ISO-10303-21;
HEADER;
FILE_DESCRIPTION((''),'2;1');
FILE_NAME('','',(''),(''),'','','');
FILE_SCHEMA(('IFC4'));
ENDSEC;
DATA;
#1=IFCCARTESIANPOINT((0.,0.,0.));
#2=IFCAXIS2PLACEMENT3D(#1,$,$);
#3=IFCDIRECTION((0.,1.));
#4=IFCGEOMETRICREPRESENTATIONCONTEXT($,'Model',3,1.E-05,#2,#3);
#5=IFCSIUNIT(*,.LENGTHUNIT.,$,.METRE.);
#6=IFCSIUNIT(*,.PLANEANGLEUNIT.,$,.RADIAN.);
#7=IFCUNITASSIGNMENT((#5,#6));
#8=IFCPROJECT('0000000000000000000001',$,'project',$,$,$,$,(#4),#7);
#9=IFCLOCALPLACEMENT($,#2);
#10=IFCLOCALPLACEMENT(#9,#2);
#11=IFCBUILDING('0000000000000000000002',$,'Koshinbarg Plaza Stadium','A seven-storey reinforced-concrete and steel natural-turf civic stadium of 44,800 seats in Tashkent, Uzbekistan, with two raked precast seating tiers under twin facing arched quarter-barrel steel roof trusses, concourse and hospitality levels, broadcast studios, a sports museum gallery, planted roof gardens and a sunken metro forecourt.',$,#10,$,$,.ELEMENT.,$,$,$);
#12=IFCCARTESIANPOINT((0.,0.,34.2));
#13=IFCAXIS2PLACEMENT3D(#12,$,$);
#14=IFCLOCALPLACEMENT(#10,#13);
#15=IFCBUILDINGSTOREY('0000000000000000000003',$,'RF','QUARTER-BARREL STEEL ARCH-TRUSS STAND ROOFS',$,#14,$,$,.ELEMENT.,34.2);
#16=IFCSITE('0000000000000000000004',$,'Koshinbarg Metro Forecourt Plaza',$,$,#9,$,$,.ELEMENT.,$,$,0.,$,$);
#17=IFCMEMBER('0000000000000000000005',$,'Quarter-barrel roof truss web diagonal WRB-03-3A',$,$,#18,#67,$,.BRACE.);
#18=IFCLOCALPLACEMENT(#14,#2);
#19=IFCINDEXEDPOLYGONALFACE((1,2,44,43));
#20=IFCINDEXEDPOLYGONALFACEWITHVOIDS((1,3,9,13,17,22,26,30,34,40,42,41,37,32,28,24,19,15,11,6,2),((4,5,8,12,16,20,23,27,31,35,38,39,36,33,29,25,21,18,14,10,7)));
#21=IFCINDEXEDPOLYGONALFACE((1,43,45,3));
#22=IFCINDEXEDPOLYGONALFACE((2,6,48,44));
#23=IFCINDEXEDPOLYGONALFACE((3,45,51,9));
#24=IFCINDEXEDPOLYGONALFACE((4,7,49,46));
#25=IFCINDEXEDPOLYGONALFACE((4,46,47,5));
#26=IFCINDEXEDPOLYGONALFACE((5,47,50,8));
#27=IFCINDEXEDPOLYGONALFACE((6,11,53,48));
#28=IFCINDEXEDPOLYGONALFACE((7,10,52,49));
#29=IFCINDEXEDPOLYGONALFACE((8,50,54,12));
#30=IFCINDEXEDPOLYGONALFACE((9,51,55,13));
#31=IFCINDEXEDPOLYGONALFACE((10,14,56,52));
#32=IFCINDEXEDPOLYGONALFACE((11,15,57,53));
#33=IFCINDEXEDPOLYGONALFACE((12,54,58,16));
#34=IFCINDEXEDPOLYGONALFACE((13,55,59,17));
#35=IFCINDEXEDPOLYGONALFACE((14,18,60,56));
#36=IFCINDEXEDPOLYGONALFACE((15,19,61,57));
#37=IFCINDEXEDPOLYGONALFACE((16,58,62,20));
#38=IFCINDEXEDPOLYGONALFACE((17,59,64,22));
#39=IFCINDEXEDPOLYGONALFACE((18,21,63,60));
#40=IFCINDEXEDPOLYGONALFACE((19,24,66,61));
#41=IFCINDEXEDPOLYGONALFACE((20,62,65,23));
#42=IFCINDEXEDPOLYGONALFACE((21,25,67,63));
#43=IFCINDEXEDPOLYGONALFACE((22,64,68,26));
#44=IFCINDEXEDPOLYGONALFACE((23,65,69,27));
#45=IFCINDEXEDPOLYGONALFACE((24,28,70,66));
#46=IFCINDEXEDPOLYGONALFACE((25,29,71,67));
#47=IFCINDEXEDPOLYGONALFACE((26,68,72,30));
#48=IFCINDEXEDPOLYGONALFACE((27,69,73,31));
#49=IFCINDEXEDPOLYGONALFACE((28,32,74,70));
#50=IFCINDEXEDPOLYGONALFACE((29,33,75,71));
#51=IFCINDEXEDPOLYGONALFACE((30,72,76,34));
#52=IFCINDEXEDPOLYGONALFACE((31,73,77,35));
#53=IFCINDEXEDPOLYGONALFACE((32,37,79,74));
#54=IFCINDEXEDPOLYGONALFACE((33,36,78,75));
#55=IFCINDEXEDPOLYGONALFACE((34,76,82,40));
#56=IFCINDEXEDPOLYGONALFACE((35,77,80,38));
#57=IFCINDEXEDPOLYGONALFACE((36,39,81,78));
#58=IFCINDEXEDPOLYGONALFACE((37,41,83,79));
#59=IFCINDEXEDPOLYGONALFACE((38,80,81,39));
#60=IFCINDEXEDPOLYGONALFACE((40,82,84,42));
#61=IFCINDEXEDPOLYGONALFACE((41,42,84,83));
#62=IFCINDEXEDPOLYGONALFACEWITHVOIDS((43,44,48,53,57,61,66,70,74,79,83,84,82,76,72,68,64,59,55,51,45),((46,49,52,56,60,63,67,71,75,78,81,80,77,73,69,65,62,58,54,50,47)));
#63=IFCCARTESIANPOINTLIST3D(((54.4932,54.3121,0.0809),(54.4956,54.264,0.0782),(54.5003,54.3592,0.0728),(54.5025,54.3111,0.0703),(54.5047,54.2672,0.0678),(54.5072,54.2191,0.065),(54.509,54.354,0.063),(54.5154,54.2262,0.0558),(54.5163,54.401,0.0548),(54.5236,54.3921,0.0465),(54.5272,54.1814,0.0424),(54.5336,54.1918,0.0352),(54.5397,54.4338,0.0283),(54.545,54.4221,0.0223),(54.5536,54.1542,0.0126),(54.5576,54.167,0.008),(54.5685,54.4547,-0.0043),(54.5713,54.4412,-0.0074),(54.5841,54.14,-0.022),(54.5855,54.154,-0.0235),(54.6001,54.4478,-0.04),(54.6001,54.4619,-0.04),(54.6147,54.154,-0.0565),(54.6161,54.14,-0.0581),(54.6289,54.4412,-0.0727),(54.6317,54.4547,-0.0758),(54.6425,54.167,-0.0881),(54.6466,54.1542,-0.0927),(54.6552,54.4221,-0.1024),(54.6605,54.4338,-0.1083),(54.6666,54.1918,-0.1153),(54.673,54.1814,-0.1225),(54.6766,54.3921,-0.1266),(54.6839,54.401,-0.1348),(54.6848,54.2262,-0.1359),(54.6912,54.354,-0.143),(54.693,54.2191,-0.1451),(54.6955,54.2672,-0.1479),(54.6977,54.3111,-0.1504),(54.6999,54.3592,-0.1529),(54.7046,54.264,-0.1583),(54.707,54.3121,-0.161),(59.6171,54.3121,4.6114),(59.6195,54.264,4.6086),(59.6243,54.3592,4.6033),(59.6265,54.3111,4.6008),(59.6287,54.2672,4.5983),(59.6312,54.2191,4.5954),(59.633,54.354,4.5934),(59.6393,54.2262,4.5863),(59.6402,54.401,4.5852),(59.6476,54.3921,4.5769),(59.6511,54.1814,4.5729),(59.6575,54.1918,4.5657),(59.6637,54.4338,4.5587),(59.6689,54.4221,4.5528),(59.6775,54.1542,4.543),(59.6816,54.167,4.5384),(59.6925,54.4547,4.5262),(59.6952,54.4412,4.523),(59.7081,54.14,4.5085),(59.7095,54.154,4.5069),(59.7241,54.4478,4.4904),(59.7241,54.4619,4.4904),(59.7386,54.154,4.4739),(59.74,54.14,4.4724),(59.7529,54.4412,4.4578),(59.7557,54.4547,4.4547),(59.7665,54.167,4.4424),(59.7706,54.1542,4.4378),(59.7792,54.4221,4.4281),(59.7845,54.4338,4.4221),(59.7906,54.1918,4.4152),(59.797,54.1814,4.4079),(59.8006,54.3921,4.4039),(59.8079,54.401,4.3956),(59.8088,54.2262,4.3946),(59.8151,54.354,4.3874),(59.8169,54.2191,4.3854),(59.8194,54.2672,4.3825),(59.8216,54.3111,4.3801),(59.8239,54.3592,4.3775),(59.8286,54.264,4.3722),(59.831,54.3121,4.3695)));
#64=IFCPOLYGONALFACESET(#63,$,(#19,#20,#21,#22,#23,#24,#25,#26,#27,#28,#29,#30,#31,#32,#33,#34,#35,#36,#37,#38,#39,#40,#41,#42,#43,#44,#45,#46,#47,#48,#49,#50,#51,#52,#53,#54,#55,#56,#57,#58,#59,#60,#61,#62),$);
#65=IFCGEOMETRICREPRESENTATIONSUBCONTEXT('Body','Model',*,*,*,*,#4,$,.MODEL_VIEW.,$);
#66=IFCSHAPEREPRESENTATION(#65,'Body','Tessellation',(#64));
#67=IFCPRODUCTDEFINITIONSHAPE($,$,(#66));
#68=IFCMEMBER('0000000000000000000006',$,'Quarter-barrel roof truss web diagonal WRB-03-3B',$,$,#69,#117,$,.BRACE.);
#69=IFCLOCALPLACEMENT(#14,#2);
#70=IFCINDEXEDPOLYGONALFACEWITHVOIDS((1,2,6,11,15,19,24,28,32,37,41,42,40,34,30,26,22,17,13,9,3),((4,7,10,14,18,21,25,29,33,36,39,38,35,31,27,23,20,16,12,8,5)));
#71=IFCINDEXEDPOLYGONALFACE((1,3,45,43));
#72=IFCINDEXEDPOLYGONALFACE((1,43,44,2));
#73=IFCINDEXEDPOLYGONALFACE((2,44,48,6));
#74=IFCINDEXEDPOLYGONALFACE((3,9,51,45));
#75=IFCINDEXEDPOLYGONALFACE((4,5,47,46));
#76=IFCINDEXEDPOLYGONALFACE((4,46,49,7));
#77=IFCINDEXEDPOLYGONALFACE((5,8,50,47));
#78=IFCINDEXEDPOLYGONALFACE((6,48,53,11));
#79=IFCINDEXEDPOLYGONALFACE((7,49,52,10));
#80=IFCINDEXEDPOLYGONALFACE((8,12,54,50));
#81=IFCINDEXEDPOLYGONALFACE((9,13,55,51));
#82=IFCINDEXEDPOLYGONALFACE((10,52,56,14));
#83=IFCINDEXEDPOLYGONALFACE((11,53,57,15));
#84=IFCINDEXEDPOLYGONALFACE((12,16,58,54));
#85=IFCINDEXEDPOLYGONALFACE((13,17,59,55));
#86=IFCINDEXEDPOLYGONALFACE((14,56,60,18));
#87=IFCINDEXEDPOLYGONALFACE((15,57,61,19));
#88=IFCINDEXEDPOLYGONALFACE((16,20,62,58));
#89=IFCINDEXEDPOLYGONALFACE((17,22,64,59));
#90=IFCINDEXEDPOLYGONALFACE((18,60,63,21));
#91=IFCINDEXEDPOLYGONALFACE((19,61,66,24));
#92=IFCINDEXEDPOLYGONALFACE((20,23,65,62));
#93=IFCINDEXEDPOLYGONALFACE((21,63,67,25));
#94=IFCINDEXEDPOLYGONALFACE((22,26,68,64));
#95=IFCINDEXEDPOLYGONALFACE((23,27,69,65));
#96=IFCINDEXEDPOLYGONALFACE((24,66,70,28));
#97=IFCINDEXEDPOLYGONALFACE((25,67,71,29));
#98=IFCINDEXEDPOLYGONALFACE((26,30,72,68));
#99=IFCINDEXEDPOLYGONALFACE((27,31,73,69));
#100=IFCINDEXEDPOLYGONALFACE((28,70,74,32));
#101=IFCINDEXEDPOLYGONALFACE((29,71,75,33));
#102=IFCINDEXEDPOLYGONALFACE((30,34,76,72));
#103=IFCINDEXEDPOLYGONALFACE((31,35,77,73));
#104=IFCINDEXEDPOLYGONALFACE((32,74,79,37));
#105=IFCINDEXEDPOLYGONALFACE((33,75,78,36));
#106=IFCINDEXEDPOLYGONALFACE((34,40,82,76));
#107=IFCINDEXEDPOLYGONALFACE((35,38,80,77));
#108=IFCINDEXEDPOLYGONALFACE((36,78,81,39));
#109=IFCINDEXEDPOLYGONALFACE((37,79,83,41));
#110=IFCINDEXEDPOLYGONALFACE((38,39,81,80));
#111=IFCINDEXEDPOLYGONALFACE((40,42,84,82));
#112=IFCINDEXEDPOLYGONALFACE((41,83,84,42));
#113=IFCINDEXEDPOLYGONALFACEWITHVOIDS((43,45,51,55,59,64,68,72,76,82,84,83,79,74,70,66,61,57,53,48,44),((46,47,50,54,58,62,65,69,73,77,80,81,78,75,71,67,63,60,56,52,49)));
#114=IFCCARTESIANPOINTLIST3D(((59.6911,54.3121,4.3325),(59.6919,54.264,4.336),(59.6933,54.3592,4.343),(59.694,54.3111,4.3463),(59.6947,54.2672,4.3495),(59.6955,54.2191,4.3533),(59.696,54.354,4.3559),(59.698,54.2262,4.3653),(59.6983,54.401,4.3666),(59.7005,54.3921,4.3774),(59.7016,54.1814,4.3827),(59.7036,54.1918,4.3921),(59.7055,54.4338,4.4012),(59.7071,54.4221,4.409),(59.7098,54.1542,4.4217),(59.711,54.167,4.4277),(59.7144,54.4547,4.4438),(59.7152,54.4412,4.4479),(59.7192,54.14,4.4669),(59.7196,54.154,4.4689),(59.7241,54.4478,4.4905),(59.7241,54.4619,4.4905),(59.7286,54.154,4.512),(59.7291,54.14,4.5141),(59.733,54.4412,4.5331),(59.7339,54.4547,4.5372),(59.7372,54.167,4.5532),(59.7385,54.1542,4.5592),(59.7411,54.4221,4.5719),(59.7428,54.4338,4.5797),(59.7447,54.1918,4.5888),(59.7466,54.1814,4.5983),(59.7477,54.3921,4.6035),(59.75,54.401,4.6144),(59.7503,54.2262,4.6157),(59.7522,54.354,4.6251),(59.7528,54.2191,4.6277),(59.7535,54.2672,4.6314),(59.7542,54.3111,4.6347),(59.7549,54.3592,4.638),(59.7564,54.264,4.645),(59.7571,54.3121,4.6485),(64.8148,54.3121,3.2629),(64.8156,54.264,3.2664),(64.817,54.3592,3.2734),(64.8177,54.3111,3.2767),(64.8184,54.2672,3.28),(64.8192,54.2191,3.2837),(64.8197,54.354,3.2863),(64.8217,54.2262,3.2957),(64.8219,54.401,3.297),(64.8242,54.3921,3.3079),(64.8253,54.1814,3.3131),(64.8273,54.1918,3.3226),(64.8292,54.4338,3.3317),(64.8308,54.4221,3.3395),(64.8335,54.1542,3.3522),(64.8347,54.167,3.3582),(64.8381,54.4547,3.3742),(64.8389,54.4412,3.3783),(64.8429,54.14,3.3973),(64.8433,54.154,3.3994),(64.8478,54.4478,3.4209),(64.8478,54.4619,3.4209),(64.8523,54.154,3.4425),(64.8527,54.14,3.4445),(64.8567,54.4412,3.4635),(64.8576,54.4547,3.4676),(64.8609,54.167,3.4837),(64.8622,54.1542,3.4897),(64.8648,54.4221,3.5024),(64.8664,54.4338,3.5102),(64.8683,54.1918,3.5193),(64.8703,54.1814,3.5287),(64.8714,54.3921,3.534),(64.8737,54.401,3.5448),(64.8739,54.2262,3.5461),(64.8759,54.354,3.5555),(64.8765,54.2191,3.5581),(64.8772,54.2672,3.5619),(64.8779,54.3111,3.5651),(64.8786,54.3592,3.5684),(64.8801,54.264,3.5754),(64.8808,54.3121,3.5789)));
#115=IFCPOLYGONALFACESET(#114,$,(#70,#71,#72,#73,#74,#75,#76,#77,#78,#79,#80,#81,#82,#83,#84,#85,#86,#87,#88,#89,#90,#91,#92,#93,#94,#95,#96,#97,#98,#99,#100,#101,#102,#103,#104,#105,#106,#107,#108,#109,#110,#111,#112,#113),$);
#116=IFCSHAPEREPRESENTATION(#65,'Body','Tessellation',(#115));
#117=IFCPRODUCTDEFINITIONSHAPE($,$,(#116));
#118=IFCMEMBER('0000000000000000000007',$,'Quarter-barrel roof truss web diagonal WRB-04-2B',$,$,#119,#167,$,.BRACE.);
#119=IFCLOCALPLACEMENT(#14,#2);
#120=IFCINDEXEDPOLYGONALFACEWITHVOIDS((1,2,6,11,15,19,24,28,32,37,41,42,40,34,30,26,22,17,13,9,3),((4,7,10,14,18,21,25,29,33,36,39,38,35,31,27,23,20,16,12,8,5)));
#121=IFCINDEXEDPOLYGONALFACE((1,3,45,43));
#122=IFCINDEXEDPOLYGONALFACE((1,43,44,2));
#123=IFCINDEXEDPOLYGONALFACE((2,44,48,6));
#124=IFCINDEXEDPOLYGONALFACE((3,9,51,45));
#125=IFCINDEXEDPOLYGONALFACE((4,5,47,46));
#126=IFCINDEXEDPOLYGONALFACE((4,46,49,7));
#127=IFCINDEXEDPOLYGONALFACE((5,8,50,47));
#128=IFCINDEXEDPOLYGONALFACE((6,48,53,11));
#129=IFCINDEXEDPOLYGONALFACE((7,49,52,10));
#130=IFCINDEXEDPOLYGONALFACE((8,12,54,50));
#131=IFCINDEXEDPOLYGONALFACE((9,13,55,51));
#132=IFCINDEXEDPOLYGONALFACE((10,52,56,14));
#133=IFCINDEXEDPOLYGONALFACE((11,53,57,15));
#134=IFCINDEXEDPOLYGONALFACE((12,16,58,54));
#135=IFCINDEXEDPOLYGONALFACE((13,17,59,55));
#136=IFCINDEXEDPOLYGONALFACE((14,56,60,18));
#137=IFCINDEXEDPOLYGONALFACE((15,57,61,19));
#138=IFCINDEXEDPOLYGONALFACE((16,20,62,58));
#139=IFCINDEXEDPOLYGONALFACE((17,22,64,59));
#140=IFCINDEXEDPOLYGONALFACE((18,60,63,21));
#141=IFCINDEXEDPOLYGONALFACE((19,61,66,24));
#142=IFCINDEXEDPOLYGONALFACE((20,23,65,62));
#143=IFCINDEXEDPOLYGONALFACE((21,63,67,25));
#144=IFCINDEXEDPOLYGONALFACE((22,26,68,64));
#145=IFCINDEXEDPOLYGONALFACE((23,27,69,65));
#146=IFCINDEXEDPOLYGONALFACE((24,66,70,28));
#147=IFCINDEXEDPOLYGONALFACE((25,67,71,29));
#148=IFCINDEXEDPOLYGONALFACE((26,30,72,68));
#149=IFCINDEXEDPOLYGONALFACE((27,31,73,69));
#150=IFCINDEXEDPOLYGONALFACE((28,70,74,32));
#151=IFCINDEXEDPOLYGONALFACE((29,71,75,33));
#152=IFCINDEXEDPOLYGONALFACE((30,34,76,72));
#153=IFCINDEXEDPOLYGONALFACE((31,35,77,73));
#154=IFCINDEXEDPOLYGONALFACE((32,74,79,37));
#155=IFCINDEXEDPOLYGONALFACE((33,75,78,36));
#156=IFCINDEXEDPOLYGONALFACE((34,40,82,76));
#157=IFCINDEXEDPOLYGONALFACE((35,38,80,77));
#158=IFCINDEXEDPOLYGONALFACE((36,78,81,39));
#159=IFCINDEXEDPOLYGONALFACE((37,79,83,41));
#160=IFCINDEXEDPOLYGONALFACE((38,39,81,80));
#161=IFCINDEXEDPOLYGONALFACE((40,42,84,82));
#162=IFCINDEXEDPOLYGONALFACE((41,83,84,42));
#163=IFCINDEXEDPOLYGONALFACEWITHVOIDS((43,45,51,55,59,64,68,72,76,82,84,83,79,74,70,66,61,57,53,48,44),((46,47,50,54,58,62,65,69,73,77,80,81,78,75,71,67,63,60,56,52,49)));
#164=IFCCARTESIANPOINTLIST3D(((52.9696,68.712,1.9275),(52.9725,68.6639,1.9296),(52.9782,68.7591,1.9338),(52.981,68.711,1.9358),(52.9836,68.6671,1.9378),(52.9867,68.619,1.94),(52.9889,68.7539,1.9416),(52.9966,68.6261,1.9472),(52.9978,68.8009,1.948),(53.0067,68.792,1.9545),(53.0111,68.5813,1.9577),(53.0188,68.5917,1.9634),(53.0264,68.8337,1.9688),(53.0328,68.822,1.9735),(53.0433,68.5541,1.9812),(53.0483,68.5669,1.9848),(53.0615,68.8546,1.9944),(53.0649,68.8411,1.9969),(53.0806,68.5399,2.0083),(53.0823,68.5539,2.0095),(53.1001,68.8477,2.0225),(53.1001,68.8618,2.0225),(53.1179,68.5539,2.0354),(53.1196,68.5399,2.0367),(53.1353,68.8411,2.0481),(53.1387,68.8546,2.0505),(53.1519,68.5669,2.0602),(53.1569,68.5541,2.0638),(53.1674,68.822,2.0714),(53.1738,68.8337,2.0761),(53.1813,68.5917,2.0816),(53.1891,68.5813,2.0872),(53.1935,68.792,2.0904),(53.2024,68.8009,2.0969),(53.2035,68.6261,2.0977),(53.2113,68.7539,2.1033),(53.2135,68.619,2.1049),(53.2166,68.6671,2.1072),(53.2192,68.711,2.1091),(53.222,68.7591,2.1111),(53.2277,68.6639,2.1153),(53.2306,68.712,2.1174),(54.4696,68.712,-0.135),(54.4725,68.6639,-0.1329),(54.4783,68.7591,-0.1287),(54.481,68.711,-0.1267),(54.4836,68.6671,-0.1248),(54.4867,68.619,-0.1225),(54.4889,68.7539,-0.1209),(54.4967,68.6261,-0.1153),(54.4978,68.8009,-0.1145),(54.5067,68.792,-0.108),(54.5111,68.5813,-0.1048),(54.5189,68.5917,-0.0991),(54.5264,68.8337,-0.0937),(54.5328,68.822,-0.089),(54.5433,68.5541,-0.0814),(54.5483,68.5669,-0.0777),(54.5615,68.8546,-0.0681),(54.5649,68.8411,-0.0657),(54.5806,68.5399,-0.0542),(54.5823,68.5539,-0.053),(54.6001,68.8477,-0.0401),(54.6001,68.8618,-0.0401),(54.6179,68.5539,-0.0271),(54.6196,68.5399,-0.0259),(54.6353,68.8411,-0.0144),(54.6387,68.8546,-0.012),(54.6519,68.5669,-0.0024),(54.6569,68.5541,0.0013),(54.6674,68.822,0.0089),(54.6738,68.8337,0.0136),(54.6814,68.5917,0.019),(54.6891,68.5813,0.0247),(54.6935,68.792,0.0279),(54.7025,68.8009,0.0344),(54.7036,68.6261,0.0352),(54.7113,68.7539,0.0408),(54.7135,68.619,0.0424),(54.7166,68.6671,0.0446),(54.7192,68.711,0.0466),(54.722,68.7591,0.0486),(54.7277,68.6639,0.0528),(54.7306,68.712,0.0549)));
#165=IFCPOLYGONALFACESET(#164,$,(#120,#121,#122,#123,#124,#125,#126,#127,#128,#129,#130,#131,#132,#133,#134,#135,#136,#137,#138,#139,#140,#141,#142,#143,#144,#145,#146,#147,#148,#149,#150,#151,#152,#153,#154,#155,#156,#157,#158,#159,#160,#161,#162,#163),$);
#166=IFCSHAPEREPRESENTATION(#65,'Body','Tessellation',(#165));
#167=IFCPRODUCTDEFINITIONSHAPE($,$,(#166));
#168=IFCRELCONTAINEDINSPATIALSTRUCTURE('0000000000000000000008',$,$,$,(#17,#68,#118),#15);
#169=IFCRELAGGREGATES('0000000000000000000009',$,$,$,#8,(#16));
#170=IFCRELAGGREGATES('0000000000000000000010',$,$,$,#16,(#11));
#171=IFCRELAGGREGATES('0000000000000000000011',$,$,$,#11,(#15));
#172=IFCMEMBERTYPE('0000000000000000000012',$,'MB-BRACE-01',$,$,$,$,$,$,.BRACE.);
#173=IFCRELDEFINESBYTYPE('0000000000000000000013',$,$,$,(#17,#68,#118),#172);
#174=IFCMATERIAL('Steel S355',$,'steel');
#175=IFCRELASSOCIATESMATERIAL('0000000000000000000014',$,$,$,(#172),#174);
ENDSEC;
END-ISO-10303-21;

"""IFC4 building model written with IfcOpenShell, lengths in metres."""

from ifc_helpers import new_model, si_unit, direction, frame, origin, origin_2d, place, context, subcontext, project, spatial, hollow_circle, extrude, material, material_profile, profile_set, type_object, element, save


model = new_model("IFC4")

# Units and contexts
model_context = context("Model", 3, precision=1e-05, world=origin(), true_north=direction((0.0, 1.0)))
body_context = subcontext(model_context, "Body", "Model", "MODEL_VIEW")
ifc_project = project(units=[si_unit("LENGTHUNIT", "METRE"), si_unit("PLANEANGLEUNIT", "RADIAN")], contexts=[model_context])

# Site, building, storey
site_placement = place(None, origin())
site = spatial("IfcSite", under=ifc_project, at=site_placement, Name="Koshinbarg Metro Forecourt Plaza", CompositionType="ELEMENT", RefElevation=0.0)
building_placement = place(site_placement, origin())
building = spatial("IfcBuilding", under=site, at=building_placement, Name="Koshinbarg Plaza Stadium", Description="A seven-storey reinforced-concrete and steel natural-turf civic stadium of 44,800 seats in Tashkent, Uzbekistan, with two raked precast seating tiers under twin facing arched quarter-barrel steel roof trusses, concourse and hospitality levels, broadcast studios, a sports museum gallery, planted roof gardens and a sunken metro forecourt.", CompositionType="ELEMENT")
storey_placement = place(building_placement, frame((0.0, 0.0, 34.2)))
storey = spatial("IfcBuildingStorey", under=building, at=storey_placement, Name="RF", Description="QUARTER-BARREL STEEL ARCH-TRUSS STAND ROOFS", CompositionType="ELEMENT", Elevation=34.2)

# Members
ifc_material_1 = material(Name="Steel S355", Category="steel")
ifc_material_profile_1 = material_profile(ifc_material_1, hollow_circle(Radius=0.1619, WallThickness=0.0142, at=origin_2d()), Name="CHS 323.9x14.2")
ifc_profile_set_1 = profile_set([ifc_material_profile_1], Name="Steel S355")
member_type_1 = type_object("IfcMemberType", Name="MB-BRACE-01", PredefinedType="BRACE", material=ifc_profile_set_1)
member_1_placement = place(storey_placement, frame((54.6001, 54.3, -0.04), z_axis=(0.749161, 0.0, 0.662387), x_axis=(0.0, 1.0, 0.0)))
element("IfcMember", 1, at=member_1_placement, inside=storey, type_object=member_type_1, Name="Quarter-barrel roof truss web diagonal WRB-03-3A", PredefinedType="BRACE", context=body_context, shape_type="SweptSolid", body=[
    extrude(hollow_circle(Radius=0.1619, WallThickness=0.0142, at=origin_2d()), origin(), (0.0, 0.0, 1.0), 6.8396),
])
member_2_placement = place(storey_placement, frame((59.7241, 54.3, 4.4905), z_axis=(0.978899, 0.0, -0.204344), x_axis=(0.0, 1.0, 0.0)))
element("IfcMember", 2, at=member_2_placement, inside=storey, type_object=member_type_1, Name="Quarter-barrel roof truss web diagonal WRB-03-3B", PredefinedType="BRACE", context=body_context, shape_type="SweptSolid", body=[
    extrude(hollow_circle(Radius=0.1619, WallThickness=0.0142, at=origin_2d()), origin(), (0.0, 0.0, 1.0), 5.2341),
])
member_3_placement = place(storey_placement, frame((53.1001, 68.7, 2.0225), z_axis=(0.588172, 0.0, -0.808736), x_axis=(0.0, 1.0, 0.0)))
element("IfcMember", 3, at=member_3_placement, inside=storey, type_object=member_type_1, Name="Quarter-barrel roof truss web diagonal WRB-04-2B", PredefinedType="BRACE", context=body_context, shape_type="SweptSolid", body=[
    extrude(hollow_circle(Radius=0.1619, WallThickness=0.0142, at=origin_2d()), origin(), (0.0, 0.0, 1.0), 2.5503),
])

save(model, "model.ifc")
